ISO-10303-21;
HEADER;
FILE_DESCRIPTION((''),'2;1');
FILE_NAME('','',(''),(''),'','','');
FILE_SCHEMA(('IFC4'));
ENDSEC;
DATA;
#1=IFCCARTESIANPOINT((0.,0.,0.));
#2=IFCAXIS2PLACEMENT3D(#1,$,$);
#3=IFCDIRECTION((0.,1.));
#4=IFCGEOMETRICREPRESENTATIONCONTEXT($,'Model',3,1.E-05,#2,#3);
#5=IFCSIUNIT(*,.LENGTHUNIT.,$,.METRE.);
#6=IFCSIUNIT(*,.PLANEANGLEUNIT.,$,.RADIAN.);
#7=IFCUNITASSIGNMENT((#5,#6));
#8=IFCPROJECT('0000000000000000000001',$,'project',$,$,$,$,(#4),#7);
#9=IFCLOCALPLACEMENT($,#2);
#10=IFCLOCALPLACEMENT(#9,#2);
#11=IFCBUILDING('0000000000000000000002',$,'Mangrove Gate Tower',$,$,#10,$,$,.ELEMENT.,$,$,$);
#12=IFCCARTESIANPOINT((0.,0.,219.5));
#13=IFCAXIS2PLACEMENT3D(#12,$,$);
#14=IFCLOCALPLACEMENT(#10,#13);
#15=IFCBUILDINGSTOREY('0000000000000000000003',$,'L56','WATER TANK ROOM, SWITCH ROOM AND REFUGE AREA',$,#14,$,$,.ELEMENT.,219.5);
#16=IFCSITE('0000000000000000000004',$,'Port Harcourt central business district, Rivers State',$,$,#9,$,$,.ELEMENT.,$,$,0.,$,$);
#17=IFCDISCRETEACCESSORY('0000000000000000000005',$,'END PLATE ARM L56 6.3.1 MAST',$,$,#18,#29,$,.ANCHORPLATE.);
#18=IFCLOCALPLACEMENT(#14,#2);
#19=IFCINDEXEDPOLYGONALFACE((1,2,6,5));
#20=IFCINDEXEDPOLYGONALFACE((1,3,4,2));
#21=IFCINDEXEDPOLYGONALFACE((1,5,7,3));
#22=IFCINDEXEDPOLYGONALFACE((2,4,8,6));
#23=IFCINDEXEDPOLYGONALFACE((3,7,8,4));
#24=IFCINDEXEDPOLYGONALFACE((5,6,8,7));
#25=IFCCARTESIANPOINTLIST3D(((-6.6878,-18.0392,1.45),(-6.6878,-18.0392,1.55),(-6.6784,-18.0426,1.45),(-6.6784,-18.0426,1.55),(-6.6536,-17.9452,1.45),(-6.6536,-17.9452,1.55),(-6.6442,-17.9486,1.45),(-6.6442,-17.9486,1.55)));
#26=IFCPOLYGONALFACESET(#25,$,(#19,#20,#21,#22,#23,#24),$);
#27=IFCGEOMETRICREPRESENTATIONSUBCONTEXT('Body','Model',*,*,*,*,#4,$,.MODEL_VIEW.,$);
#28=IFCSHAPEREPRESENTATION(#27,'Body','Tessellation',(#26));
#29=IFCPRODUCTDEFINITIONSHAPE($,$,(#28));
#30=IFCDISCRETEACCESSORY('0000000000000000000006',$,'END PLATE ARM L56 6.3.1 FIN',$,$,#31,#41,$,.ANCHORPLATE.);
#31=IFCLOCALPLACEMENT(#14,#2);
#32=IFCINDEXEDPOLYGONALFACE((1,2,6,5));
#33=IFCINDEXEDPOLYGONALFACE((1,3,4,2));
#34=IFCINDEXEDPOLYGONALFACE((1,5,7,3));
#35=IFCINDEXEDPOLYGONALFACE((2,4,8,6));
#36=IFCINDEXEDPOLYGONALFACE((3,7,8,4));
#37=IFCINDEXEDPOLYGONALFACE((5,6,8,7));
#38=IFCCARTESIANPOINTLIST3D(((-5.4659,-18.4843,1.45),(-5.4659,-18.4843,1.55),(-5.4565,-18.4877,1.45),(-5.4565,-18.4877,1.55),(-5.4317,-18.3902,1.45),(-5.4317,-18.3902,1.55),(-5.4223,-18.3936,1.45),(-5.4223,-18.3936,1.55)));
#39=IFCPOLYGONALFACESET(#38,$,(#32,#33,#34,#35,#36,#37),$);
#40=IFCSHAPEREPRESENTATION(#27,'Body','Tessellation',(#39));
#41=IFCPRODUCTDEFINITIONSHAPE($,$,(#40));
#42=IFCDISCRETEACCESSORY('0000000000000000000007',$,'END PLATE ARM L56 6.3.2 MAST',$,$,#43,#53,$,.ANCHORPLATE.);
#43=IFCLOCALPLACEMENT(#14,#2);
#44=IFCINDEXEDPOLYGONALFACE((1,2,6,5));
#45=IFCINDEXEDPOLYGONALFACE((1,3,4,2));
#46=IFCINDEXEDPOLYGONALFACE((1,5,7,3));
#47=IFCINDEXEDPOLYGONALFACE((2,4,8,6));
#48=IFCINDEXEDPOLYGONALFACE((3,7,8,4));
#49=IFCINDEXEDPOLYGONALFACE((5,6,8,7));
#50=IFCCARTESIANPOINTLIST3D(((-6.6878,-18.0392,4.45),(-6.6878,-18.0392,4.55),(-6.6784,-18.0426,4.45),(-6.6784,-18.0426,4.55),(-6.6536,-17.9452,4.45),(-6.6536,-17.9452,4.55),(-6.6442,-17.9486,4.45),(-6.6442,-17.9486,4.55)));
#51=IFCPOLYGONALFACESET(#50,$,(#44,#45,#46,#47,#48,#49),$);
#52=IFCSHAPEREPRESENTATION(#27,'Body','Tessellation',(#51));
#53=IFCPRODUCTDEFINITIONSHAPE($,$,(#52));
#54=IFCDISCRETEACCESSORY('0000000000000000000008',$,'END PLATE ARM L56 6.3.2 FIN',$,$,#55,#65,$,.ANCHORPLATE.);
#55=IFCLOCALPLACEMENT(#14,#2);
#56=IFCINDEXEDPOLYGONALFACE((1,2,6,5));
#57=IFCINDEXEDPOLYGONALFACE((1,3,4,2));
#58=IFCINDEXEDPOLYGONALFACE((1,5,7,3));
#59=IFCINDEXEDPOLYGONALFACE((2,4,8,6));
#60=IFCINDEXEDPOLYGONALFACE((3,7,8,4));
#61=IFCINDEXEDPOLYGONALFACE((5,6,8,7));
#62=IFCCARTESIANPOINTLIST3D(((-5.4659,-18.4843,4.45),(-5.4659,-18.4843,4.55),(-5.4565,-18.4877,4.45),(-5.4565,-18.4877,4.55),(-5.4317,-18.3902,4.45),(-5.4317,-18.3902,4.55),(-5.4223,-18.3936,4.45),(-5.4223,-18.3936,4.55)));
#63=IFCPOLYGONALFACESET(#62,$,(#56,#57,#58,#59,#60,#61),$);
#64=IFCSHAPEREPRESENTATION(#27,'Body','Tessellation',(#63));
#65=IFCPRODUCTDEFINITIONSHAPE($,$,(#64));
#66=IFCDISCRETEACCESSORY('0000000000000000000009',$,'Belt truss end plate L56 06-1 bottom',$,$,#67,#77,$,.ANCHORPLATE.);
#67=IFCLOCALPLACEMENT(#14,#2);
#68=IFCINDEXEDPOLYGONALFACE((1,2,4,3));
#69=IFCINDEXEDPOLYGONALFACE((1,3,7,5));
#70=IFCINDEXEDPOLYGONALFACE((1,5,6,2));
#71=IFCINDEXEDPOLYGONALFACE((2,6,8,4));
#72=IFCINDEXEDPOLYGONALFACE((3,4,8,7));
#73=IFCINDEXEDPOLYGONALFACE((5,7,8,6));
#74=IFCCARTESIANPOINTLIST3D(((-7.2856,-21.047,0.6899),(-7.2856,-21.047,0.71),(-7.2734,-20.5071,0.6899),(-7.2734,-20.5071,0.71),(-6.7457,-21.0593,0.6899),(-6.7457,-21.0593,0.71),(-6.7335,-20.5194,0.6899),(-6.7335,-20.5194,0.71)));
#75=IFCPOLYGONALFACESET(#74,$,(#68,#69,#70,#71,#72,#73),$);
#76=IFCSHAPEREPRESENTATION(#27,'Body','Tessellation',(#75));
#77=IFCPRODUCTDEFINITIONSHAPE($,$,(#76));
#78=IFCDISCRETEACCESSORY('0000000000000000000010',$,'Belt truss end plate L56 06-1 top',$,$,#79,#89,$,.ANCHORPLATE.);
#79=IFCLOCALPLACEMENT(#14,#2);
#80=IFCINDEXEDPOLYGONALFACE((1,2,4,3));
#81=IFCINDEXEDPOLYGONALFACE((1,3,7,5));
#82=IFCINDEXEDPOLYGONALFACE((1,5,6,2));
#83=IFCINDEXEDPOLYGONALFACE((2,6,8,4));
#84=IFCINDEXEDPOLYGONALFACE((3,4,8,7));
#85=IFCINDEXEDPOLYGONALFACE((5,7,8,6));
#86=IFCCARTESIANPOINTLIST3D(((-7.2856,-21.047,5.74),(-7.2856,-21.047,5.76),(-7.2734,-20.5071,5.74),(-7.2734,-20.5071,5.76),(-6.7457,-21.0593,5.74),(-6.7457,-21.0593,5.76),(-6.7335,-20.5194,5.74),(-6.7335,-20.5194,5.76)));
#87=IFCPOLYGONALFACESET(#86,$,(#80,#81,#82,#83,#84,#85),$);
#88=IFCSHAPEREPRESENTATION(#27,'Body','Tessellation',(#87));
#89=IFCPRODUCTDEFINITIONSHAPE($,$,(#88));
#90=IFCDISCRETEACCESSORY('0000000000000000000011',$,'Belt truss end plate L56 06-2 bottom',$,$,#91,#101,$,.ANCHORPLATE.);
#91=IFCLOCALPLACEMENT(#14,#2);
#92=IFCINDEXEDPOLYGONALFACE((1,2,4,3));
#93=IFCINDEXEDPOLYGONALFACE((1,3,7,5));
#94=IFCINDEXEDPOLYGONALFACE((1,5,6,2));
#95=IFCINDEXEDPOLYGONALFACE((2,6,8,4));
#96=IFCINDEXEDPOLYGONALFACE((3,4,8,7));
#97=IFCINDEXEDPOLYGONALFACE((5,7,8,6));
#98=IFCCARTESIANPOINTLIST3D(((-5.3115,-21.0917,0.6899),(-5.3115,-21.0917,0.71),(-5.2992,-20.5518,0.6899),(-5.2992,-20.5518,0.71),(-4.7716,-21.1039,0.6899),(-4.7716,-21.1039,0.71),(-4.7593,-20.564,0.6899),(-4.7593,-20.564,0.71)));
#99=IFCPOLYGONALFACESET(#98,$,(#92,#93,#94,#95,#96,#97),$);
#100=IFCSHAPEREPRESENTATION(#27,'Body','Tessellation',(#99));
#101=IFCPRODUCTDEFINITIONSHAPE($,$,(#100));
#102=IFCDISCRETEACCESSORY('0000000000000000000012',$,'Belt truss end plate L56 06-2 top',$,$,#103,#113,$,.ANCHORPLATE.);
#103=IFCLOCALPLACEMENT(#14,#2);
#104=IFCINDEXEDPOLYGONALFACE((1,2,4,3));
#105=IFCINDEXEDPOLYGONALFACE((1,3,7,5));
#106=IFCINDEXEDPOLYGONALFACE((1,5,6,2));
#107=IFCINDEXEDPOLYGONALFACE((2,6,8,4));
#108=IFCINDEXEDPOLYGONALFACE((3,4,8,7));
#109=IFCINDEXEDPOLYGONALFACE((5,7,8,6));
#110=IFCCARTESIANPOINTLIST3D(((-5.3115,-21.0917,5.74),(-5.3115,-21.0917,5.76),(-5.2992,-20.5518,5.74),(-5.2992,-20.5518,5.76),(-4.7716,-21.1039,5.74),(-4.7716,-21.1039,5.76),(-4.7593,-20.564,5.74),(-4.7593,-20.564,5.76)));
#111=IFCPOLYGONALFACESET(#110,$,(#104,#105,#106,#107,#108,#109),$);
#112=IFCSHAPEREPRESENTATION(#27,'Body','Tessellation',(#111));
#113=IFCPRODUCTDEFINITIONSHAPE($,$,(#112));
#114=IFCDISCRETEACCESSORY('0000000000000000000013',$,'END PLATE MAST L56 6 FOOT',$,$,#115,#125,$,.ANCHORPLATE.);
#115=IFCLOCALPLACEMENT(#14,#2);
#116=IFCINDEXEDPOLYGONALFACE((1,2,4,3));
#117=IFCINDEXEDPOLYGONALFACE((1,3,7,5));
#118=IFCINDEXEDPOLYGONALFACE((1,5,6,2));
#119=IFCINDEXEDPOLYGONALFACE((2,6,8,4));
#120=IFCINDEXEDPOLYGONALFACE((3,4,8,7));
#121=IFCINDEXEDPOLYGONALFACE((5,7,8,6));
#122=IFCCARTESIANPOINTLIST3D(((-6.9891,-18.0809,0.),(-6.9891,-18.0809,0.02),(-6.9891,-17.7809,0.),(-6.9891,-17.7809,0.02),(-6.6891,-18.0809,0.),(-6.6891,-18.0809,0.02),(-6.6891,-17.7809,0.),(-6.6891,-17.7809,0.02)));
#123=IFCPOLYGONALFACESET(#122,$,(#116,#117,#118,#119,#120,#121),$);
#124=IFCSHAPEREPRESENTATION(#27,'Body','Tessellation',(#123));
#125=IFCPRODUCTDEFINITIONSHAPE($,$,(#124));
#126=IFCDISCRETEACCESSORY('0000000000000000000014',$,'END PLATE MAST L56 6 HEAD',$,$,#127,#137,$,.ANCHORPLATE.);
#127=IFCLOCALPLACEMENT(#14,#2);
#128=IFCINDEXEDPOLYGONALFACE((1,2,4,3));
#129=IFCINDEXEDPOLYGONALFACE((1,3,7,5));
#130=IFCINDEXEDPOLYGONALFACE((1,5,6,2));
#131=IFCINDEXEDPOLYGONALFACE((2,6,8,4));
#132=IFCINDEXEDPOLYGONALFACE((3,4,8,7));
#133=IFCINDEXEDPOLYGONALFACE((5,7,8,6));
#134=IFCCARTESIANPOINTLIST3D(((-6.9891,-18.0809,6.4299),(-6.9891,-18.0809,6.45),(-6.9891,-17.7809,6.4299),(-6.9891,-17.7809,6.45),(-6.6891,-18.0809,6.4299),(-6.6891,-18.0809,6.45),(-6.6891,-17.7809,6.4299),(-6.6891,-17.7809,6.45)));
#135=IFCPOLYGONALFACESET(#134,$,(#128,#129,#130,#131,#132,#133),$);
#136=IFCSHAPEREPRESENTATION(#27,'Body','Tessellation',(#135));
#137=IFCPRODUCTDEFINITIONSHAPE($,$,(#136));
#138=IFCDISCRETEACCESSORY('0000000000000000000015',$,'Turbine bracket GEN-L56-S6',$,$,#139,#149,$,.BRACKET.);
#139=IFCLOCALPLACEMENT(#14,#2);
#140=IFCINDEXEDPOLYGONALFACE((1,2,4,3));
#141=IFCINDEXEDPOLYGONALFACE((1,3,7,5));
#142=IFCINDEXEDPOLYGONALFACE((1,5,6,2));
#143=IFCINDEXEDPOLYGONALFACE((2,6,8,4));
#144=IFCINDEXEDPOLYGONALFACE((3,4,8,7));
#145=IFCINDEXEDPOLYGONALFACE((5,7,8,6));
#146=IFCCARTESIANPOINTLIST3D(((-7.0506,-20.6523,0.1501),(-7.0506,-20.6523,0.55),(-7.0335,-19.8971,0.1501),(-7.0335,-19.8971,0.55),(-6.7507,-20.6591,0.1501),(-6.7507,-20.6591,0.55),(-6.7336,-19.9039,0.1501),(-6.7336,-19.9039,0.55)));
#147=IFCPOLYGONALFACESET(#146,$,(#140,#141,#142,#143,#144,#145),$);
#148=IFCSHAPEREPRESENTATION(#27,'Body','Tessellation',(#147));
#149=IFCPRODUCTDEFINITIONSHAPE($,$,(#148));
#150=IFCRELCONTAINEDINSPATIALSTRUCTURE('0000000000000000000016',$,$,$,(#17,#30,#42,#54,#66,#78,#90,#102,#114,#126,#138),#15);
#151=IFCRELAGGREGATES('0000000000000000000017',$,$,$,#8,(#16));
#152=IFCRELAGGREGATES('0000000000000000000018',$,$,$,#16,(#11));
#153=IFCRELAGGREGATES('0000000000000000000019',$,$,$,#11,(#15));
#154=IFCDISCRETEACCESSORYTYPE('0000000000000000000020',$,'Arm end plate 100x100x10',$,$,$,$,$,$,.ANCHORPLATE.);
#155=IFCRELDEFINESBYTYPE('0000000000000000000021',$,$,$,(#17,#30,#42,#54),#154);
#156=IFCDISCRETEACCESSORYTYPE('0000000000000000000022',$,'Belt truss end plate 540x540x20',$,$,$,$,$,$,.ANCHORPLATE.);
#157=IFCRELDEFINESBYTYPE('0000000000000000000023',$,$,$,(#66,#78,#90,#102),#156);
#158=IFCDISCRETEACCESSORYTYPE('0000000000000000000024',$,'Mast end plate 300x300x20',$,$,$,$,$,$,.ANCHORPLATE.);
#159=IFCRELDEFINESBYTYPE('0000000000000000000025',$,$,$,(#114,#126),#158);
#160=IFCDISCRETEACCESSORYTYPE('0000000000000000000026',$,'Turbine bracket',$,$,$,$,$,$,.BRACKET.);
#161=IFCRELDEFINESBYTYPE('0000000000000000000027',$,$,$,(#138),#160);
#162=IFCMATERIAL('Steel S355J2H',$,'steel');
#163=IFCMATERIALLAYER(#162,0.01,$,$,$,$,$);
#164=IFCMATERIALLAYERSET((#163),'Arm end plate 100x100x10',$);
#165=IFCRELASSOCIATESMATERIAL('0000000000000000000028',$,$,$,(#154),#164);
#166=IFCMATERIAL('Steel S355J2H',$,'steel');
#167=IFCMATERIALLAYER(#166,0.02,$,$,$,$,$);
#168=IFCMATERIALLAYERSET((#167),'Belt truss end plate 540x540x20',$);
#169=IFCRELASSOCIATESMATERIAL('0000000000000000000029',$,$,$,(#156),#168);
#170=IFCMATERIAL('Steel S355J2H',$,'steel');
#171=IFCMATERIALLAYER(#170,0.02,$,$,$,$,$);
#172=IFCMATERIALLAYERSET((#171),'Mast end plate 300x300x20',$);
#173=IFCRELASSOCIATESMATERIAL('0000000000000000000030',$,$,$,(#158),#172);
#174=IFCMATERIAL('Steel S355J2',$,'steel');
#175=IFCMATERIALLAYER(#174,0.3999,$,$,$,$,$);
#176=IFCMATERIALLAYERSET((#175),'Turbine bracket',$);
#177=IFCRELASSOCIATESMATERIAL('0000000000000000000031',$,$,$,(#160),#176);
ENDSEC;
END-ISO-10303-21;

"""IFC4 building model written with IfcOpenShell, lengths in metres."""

from ifc_helpers import new_model, si_unit, direction, frame, origin, origin_2d, place, context, subcontext, project, spatial, rectangle, extrude, material, layer, layer_set, type_object, element, save


model = new_model("IFC4")

# Units and contexts
model_context = context("Model", 3, precision=1e-05, world=origin(), true_north=direction((0.0, 1.0)))
body_context = subcontext(model_context, "Body", "Model", "MODEL_VIEW")
ifc_project = project(units=[si_unit("LENGTHUNIT", "METRE"), si_unit("PLANEANGLEUNIT", "RADIAN")], contexts=[model_context])

# Site, building, storey
site_placement = place(None, origin())
site = spatial("IfcSite", under=ifc_project, at=site_placement, Name="Port Harcourt central business district, Rivers State", CompositionType="ELEMENT", RefElevation=0.0)
building_placement = place(site_placement, origin())
building = spatial("IfcBuilding", under=site, at=building_placement, Name="Mangrove Gate Tower", CompositionType="ELEMENT")
storey_placement = place(building_placement, frame((0.0, 0.0, 219.5)))
storey = spatial("IfcBuildingStorey", under=building, at=storey_placement, Name="L56", Description="WATER TANK ROOM, SWITCH ROOM AND REFUGE AREA", CompositionType="ELEMENT", Elevation=219.5)

# Discrete accessories
ifc_material_1 = material(Name="Steel S355J2H", Category="steel")
ifc_layer_1 = layer(ifc_material_1, 0.01)
ifc_layer_set_1 = layer_set([ifc_layer_1], Name="Arm end plate 100x100x10")
discrete_accessory_type_1 = type_object("IfcDiscreteAccessoryType", Name="Arm end plate 100x100x10", PredefinedType="ANCHORPLATE", material=ifc_layer_set_1)
for number, where, z_axis, x_axis, name in (
    (1, (-6.666, -17.9939, 1.45), (0.0, 0.0, 1.0), (0.939693, -0.34202, 0.0), "END PLATE ARM L56 6.3.1 MAST"),
    (2, (-5.4441, -18.439, 1.45), (0.0, 0.0, 1.0), (0.939693, -0.34202, 0.0), "END PLATE ARM L56 6.3.1 FIN"),
    (3, (-6.666, -17.9939, 4.45), (0.0, 0.0, 1.0), (0.939693, -0.34202, 0.0), "END PLATE ARM L56 6.3.2 MAST"),
    (4, (-5.4441, -18.439, 4.45), (0.0, 0.0, 1.0), (0.939693, -0.34202, 0.0), "END PLATE ARM L56 6.3.2 FIN"),
):
    element("IfcDiscreteAccessory", number, at=place(storey_placement, frame(where, z_axis=z_axis, x_axis=x_axis)), inside=storey, type_object=discrete_accessory_type_1, Name=name, PredefinedType="ANCHORPLATE", context=body_context, shape_type="SweptSolid", body=[
        extrude(rectangle(XDim=0.01, YDim=0.1001, at=origin_2d()), origin(), (0.0, 0.0, 1.0), 0.1001),
    ])
ifc_material_2 = material(Name="Steel S355J2H", Category="steel")
ifc_layer_2 = layer(ifc_material_2, 0.02)
ifc_layer_set_2 = layer_set([ifc_layer_2], Name="Belt truss end plate 540x540x20")
discrete_accessory_type_2 = type_object("IfcDiscreteAccessoryType", Name="Belt truss end plate 540x540x20", PredefinedType="ANCHORPLATE", material=ifc_layer_set_2)
for number, where, z_axis, x_axis, name in (
    (5, (-7.0095, -20.7832, 0.6899), (0.0, 0.0, 1.0), (0.999744, -0.022637, 0.0), "Belt truss end plate L56 06-1 bottom"),
    (6, (-7.0095, -20.7832, 5.74), (0.0, 0.0, 1.0), (0.999744, -0.022637, 0.0), "Belt truss end plate L56 06-1 top"),
    (7, (-5.0354, -20.8279, 0.6899), (0.0, 0.0, 1.0), (0.999744, -0.022637, 0.0), "Belt truss end plate L56 06-2 bottom"),
    (8, (-5.0354, -20.8279, 5.74), (0.0, 0.0, 1.0), (0.999744, -0.022637, 0.0), "Belt truss end plate L56 06-2 top"),
):
    element("IfcDiscreteAccessory", number, at=place(storey_placement, frame(where, z_axis=z_axis, x_axis=x_axis)), inside=storey, type_object=discrete_accessory_type_2, Name=name, PredefinedType="ANCHORPLATE", context=body_context, shape_type="SweptSolid", body=[
        extrude(rectangle(XDim=0.54, YDim=0.54, at=origin_2d()), origin(), (0.0, 0.0, 1.0), 0.02),
    ])
ifc_material_3 = material(Name="Steel S355J2H", Category="steel")
ifc_layer_3 = layer(ifc_material_3, 0.02)
ifc_layer_set_3 = layer_set([ifc_layer_3], Name="Mast end plate 300x300x20")
discrete_accessory_type_3 = type_object("IfcDiscreteAccessoryType", Name="Mast end plate 300x300x20", PredefinedType="ANCHORPLATE", material=ifc_layer_set_3)
for number, where, z_axis, x_axis, name in (
    (9, (-6.8391, -17.9309, 0.0), (0.0, 0.0, 1.0), (1.0, 0.0, 0.0), "END PLATE MAST L56 6 FOOT"),
    (10, (-6.8391, -17.9309, 6.4299), (0.0, 0.0, 1.0), (1.0, 0.0, 0.0), "END PLATE MAST L56 6 HEAD"),
):
    element("IfcDiscreteAccessory", number, at=place(storey_placement, frame(where, z_axis=z_axis, x_axis=x_axis)), inside=storey, type_object=discrete_accessory_type_3, Name=name, PredefinedType="ANCHORPLATE", context=body_context, shape_type="SweptSolid", body=[
        extrude(rectangle(XDim=0.3, YDim=0.3, at=origin_2d()), origin(), (0.0, 0.0, 1.0), 0.02),
    ])
ifc_material_4 = material(Name="Steel S355J2", Category="steel")
ifc_layer_4 = layer(ifc_material_4, 0.3999)
ifc_layer_set_4 = layer_set([ifc_layer_4], Name="Turbine bracket")
discrete_accessory_type_4 = type_object("IfcDiscreteAccessoryType", Name="Turbine bracket", PredefinedType="BRACKET", material=ifc_layer_set_4)
discrete_accessory_placement = place(storey_placement, frame((-6.8921, -20.2781, 0.1501), z_axis=(0.0, 0.0, 1.0), x_axis=(0.022637, 0.999744, 0.0)))
element("IfcDiscreteAccessory", 11, at=discrete_accessory_placement, inside=storey, type_object=discrete_accessory_type_4, Name="Turbine bracket GEN-L56-S6", PredefinedType="BRACKET", context=body_context, shape_type="SweptSolid", body=[
    extrude(rectangle(XDim=0.7554, YDim=0.3, at=origin_2d()), origin(), (0.0, 0.0, 1.0), 0.3999),
])

save(model, "model.ifc")
